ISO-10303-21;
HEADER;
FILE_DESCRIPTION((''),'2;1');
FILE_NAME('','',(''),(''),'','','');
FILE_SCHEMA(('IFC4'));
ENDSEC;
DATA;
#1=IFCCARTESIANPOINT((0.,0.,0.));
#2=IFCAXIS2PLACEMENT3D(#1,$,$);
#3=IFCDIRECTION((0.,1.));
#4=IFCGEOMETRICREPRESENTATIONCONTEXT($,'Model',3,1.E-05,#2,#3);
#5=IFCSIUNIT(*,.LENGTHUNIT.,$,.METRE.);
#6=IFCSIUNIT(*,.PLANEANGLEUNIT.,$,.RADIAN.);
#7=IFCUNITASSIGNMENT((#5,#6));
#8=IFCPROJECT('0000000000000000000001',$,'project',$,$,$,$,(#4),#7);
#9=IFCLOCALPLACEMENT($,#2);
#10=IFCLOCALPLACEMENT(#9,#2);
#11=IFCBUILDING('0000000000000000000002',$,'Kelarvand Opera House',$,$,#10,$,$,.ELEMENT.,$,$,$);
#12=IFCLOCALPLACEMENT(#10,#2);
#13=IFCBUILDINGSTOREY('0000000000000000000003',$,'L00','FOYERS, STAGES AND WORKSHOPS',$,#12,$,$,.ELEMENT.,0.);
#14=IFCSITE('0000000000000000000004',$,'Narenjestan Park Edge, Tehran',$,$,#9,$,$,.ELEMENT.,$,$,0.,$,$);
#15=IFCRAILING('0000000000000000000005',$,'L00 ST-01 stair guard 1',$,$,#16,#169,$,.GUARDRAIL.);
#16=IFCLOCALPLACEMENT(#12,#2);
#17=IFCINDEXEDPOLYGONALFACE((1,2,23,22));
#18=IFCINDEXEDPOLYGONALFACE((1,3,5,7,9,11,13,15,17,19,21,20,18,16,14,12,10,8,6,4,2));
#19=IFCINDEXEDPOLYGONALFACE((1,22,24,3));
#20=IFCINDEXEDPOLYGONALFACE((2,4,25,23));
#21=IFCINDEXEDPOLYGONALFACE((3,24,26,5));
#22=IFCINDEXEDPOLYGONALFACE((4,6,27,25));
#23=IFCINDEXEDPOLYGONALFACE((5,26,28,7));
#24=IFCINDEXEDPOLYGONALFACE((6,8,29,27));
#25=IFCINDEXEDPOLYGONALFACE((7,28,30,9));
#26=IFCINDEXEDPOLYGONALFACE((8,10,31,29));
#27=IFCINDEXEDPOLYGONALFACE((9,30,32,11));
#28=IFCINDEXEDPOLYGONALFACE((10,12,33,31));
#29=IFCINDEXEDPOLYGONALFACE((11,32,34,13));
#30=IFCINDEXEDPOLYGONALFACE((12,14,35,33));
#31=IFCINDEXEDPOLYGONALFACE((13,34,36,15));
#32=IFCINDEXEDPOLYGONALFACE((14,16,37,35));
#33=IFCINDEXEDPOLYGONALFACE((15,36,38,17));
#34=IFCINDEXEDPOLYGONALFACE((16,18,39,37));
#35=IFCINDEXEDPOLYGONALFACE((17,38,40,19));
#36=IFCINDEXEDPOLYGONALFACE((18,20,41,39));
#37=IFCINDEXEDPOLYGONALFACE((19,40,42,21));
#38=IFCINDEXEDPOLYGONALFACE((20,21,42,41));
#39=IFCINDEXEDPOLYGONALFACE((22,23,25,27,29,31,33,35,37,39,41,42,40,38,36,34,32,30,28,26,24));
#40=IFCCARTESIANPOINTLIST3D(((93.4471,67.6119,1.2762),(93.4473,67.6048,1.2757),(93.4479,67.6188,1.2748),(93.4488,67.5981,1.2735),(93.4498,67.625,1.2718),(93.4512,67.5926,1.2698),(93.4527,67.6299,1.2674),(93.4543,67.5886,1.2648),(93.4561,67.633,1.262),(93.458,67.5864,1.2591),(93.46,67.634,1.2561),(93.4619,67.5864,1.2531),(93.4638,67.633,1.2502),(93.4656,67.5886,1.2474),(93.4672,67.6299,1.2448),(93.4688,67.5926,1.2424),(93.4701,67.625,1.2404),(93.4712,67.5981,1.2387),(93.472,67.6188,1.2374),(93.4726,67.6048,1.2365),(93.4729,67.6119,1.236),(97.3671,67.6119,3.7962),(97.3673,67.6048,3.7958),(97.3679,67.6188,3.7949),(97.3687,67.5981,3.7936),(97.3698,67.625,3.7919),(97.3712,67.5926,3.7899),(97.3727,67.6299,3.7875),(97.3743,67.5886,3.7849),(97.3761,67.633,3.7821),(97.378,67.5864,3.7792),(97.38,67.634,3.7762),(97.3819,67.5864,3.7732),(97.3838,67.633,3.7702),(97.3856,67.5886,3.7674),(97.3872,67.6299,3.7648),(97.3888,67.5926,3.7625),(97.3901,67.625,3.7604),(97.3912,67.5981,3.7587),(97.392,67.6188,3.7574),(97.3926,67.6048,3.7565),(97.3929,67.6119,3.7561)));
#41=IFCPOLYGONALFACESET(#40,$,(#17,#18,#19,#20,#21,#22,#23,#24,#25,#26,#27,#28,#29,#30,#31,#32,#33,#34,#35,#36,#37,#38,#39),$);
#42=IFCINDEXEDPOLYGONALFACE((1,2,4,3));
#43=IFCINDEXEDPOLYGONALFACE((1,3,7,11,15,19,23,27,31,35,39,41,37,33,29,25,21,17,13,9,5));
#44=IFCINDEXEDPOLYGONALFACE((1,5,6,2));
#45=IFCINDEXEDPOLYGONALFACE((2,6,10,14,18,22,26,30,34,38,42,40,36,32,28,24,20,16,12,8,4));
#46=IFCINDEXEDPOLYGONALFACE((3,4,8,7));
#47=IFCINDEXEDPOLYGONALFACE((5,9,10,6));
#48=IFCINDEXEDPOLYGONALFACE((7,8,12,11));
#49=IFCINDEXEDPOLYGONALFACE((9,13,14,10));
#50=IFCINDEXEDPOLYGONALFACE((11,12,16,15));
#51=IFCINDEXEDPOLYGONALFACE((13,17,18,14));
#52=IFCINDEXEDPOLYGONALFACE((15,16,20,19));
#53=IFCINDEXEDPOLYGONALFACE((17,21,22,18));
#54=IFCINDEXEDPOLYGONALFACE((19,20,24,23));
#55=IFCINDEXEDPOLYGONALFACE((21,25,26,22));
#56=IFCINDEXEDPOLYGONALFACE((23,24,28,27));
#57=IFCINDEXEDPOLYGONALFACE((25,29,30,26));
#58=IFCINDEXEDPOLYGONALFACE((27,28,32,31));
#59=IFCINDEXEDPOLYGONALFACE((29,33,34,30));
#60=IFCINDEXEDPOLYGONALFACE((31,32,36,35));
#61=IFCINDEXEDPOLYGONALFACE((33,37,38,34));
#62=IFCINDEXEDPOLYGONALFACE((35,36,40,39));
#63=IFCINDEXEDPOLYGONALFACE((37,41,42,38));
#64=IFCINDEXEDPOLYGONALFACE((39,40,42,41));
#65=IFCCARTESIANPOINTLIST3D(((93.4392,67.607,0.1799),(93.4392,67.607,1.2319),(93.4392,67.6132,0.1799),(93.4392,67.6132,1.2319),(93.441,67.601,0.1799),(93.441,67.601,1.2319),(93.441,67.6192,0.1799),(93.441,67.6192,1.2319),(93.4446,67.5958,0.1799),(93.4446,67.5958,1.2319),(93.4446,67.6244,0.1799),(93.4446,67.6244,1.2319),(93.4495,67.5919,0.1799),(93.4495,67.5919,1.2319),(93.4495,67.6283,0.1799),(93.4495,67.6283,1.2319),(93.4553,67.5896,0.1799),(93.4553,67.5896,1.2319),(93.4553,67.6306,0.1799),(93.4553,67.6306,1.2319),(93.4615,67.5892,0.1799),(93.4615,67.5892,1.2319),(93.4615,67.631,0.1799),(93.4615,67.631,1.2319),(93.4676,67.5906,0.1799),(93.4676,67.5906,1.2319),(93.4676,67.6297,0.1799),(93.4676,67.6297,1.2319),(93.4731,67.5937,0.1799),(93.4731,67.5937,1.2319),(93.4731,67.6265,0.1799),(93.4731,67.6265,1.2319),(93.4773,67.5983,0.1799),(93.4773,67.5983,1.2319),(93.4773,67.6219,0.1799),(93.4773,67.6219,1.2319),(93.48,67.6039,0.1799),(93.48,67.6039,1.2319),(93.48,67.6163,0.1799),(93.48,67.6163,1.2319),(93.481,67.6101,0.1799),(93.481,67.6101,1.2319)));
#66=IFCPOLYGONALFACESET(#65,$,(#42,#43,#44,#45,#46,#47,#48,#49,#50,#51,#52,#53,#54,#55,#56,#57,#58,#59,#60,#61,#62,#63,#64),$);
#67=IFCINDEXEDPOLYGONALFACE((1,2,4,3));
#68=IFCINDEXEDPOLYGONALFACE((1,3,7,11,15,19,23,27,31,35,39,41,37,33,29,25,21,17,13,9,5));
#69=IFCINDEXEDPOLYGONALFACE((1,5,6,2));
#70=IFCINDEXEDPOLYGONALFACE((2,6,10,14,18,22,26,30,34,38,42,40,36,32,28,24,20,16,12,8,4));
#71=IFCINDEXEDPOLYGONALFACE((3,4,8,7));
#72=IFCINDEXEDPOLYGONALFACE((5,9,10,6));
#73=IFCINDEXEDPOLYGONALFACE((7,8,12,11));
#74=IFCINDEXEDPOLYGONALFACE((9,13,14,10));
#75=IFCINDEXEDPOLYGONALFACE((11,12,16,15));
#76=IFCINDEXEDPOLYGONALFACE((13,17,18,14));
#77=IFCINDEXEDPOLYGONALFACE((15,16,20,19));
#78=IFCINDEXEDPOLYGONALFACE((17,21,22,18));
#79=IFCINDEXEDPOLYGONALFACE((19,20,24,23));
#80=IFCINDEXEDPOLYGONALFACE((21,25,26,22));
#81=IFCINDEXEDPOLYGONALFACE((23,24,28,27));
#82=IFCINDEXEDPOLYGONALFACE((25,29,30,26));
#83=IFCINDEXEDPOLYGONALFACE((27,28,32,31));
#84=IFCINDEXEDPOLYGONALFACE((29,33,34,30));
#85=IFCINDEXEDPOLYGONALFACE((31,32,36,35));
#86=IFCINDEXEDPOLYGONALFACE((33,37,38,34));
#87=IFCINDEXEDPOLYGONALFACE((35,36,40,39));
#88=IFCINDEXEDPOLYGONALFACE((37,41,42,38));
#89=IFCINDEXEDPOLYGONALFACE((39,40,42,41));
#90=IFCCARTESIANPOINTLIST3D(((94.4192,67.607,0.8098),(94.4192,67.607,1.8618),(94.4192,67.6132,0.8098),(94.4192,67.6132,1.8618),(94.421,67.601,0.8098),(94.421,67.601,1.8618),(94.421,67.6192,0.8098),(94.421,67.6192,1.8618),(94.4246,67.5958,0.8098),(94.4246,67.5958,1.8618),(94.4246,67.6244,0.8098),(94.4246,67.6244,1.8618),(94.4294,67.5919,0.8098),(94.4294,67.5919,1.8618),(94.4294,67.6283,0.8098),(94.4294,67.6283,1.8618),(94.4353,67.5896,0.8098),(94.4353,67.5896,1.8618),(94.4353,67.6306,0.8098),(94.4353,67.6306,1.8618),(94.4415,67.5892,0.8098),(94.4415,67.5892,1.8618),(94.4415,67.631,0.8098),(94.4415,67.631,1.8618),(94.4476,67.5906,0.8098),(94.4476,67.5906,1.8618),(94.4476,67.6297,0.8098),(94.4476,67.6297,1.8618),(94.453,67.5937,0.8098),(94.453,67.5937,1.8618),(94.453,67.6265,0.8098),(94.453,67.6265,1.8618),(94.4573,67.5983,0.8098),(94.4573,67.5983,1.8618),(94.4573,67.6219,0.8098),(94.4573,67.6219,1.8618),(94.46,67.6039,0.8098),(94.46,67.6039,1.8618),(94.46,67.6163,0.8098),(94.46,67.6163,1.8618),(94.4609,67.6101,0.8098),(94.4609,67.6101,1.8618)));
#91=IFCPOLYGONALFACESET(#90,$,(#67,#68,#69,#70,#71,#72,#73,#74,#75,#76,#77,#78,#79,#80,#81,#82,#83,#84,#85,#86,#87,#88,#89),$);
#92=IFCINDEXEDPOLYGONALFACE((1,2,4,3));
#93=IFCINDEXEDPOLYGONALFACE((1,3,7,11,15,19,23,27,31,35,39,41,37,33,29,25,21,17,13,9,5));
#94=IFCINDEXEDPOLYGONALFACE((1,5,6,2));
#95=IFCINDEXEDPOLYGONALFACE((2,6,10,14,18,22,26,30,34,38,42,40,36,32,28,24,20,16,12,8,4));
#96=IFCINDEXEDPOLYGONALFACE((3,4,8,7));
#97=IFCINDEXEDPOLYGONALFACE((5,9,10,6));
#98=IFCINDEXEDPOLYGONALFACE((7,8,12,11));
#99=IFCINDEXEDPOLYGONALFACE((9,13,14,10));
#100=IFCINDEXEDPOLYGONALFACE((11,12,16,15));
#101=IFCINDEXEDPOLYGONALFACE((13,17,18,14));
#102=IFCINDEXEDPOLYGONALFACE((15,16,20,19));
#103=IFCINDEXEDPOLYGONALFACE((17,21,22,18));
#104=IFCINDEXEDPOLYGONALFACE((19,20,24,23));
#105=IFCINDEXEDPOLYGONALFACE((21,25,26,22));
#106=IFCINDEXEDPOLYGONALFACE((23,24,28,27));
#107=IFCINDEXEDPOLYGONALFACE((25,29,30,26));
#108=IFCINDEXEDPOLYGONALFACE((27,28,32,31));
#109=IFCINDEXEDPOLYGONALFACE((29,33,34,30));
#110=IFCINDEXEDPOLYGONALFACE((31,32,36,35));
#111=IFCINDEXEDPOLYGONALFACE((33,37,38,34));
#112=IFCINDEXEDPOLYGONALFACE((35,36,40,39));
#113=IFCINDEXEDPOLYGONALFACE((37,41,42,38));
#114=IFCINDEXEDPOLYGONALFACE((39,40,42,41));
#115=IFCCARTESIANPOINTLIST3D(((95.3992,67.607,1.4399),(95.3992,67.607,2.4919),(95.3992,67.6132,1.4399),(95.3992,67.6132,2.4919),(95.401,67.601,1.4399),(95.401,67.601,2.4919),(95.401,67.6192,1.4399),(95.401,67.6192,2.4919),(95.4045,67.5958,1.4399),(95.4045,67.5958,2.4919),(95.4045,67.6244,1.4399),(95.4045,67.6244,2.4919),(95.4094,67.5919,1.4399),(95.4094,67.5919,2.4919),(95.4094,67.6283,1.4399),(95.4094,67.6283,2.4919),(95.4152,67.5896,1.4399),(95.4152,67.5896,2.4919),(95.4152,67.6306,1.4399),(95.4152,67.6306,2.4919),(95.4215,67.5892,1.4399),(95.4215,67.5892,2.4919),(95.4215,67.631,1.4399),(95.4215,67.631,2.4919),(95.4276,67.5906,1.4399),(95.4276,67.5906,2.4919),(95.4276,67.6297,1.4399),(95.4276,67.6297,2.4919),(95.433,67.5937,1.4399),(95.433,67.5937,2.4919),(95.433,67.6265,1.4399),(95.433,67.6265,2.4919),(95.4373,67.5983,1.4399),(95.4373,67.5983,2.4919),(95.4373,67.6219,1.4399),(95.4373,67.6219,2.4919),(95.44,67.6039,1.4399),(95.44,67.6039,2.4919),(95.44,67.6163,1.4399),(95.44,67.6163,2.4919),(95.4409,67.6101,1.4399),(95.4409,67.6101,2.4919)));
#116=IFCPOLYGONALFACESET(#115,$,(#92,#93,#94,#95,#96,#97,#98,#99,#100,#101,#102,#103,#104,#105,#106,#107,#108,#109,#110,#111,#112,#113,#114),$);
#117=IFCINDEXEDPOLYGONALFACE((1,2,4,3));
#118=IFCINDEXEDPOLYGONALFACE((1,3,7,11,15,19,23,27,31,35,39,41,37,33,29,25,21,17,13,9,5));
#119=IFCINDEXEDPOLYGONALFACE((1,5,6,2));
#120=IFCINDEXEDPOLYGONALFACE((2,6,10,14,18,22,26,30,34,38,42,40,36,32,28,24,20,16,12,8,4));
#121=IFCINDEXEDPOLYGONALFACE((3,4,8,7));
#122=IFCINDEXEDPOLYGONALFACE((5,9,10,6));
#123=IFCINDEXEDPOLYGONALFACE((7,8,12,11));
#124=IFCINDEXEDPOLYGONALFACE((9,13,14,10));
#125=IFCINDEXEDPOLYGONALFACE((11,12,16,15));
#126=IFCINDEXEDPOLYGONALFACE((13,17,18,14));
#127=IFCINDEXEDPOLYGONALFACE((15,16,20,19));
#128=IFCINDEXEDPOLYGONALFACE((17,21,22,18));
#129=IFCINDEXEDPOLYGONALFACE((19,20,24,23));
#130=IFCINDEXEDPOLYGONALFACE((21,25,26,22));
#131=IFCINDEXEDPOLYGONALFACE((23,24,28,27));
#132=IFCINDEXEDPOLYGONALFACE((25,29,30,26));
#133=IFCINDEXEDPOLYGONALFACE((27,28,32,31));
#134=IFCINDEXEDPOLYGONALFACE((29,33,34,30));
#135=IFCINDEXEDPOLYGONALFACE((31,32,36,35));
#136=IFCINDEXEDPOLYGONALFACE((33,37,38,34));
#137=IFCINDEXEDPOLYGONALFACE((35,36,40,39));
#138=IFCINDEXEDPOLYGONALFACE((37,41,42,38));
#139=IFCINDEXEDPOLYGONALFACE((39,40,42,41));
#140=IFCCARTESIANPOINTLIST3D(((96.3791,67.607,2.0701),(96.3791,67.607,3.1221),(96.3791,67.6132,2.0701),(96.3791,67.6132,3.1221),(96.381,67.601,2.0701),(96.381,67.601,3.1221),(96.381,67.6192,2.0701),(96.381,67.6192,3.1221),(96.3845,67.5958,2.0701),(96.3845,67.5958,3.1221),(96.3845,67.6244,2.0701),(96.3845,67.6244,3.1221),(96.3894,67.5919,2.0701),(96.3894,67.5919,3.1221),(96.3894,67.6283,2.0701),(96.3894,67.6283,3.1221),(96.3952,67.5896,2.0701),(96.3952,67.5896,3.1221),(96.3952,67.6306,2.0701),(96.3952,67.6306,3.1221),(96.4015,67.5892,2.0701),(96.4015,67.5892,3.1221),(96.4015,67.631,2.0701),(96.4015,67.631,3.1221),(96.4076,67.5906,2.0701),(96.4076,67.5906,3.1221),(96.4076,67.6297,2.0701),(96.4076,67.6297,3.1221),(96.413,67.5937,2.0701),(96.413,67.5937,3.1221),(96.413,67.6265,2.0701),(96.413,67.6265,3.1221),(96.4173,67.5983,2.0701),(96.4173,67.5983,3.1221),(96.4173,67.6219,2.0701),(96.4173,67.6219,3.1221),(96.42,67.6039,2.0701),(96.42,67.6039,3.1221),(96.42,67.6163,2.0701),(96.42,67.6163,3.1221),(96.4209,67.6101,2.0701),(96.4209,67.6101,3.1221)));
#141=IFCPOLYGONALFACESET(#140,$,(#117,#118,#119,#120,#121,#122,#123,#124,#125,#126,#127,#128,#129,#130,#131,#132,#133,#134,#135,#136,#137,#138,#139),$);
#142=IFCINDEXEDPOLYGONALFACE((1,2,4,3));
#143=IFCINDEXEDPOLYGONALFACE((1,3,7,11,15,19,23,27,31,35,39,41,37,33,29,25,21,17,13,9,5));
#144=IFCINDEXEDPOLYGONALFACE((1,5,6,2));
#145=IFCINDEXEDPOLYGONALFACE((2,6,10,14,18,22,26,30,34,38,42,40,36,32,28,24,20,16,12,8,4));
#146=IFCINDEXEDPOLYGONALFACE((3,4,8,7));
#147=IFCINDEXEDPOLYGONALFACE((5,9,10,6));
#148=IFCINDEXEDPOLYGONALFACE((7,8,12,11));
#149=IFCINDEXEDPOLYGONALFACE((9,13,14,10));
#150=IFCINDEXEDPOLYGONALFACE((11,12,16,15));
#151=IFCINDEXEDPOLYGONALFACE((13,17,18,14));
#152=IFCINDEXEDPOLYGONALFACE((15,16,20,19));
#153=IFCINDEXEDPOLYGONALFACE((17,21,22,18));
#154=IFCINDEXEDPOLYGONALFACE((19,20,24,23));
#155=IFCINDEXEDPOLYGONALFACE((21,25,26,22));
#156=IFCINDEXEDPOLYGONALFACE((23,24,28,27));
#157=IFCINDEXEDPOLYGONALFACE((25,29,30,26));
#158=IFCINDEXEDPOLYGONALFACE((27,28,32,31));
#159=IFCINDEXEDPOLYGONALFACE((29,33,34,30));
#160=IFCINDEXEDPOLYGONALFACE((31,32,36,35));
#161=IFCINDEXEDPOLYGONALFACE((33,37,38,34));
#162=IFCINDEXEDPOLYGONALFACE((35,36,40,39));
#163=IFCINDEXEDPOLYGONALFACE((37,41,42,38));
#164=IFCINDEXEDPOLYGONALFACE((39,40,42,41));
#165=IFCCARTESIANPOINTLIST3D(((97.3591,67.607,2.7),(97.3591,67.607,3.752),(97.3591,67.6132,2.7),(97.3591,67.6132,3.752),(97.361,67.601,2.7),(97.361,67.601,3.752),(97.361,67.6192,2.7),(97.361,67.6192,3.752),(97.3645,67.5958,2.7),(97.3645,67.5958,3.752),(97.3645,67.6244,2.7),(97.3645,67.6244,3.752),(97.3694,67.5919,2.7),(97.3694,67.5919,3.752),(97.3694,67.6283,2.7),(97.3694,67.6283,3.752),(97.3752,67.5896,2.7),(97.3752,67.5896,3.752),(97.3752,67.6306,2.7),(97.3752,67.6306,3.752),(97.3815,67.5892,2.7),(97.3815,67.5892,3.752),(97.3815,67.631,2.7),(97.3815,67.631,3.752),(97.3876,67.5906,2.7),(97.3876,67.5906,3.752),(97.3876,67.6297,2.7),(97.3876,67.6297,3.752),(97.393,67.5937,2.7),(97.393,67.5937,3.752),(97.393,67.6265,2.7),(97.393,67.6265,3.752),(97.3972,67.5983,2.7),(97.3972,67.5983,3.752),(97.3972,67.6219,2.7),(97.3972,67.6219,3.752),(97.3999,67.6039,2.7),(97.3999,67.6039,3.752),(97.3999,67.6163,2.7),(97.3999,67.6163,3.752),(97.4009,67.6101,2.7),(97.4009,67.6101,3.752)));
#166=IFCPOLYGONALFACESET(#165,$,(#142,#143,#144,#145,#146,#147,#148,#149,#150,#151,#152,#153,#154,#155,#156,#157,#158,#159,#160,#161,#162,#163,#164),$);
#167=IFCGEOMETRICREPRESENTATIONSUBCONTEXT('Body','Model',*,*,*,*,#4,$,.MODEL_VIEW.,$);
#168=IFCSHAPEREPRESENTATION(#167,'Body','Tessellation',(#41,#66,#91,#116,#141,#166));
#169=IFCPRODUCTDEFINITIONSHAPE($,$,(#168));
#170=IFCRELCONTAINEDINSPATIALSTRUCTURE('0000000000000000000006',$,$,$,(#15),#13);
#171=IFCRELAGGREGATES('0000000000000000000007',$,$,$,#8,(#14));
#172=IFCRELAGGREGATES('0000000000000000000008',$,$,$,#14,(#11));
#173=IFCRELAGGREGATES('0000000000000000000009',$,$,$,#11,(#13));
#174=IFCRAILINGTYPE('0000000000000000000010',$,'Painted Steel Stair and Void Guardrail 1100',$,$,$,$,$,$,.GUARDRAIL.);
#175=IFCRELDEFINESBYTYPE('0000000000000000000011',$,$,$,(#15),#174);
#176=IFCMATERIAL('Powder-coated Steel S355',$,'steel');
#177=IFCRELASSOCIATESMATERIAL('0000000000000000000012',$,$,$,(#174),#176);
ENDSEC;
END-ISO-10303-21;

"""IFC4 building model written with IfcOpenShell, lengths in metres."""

from ifc_helpers import new_model, si_unit, direction, frame, origin, origin_2d, place, context, subcontext, project, spatial, circle, extrude, material, type_object, element, save


model = new_model("IFC4")

# Units and contexts
model_context = context("Model", 3, precision=1e-05, world=origin(), true_north=direction((0.0, 1.0)))
body_context = subcontext(model_context, "Body", "Model", "MODEL_VIEW")
ifc_project = project(units=[si_unit("LENGTHUNIT", "METRE"), si_unit("PLANEANGLEUNIT", "RADIAN")], contexts=[model_context])

# Site, building, storey
site_placement = place(None, origin())
site = spatial("IfcSite", under=ifc_project, at=site_placement, Name="Narenjestan Park Edge, Tehran", CompositionType="ELEMENT", RefElevation=0.0)
building_placement = place(site_placement, origin())
building = spatial("IfcBuilding", under=site, at=building_placement, Name="Kelarvand Opera House", CompositionType="ELEMENT")
storey_placement = place(building_placement, origin())
storey = spatial("IfcBuildingStorey", under=building, at=storey_placement, Name="L00", Description="FOYERS, STAGES AND WORKSHOPS", CompositionType="ELEMENT", Elevation=0.0)

# Railing
ifc_material_1 = material(Name="Powder-coated Steel S355", Category="steel")
railing_type_1 = type_object("IfcRailingType", Name="Painted Steel Stair and Void Guardrail 1100", PredefinedType="GUARDRAIL", material=ifc_material_1)
railing_1_placement = place(storey_placement, frame((93.46, 67.6101, 0.1799)))
element("IfcRailing", 1, at=railing_1_placement, inside=storey, type_object=railing_type_1, Name="L00 ST-01 stair guard 1", PredefinedType="GUARDRAIL", context=body_context, shape_type="SweptSolid", body=[
    extrude(circle(Radius=0.0239, at=origin_2d()), frame((0.0, 0.0, 1.0762), z_axis=(0.841172, 0.0, 0.540768), x_axis=(0.0, 1.0, 0.0)), (0.0, 0.0, 1.0), 4.6602),
    extrude(circle(Radius=0.021, at=origin_2d()), origin(), (0.0, 0.0, 1.0), 1.052),
    extrude(circle(Radius=0.021, at=origin_2d()), frame((0.98, 0.0, 0.6299)), (0.0, 0.0, 1.0), 1.052),
    extrude(circle(Radius=0.021, at=origin_2d()), frame((1.96, 0.0, 1.26)), (0.0, 0.0, 1.0), 1.052),
    extrude(circle(Radius=0.021, at=origin_2d()), frame((2.9399, 0.0, 1.8901)), (0.0, 0.0, 1.0), 1.052),
    extrude(circle(Radius=0.021, at=origin_2d()), frame((3.9199, 0.0, 2.52)), (0.0, 0.0, 1.0), 1.052),
])

save(model, "model.ifc")
